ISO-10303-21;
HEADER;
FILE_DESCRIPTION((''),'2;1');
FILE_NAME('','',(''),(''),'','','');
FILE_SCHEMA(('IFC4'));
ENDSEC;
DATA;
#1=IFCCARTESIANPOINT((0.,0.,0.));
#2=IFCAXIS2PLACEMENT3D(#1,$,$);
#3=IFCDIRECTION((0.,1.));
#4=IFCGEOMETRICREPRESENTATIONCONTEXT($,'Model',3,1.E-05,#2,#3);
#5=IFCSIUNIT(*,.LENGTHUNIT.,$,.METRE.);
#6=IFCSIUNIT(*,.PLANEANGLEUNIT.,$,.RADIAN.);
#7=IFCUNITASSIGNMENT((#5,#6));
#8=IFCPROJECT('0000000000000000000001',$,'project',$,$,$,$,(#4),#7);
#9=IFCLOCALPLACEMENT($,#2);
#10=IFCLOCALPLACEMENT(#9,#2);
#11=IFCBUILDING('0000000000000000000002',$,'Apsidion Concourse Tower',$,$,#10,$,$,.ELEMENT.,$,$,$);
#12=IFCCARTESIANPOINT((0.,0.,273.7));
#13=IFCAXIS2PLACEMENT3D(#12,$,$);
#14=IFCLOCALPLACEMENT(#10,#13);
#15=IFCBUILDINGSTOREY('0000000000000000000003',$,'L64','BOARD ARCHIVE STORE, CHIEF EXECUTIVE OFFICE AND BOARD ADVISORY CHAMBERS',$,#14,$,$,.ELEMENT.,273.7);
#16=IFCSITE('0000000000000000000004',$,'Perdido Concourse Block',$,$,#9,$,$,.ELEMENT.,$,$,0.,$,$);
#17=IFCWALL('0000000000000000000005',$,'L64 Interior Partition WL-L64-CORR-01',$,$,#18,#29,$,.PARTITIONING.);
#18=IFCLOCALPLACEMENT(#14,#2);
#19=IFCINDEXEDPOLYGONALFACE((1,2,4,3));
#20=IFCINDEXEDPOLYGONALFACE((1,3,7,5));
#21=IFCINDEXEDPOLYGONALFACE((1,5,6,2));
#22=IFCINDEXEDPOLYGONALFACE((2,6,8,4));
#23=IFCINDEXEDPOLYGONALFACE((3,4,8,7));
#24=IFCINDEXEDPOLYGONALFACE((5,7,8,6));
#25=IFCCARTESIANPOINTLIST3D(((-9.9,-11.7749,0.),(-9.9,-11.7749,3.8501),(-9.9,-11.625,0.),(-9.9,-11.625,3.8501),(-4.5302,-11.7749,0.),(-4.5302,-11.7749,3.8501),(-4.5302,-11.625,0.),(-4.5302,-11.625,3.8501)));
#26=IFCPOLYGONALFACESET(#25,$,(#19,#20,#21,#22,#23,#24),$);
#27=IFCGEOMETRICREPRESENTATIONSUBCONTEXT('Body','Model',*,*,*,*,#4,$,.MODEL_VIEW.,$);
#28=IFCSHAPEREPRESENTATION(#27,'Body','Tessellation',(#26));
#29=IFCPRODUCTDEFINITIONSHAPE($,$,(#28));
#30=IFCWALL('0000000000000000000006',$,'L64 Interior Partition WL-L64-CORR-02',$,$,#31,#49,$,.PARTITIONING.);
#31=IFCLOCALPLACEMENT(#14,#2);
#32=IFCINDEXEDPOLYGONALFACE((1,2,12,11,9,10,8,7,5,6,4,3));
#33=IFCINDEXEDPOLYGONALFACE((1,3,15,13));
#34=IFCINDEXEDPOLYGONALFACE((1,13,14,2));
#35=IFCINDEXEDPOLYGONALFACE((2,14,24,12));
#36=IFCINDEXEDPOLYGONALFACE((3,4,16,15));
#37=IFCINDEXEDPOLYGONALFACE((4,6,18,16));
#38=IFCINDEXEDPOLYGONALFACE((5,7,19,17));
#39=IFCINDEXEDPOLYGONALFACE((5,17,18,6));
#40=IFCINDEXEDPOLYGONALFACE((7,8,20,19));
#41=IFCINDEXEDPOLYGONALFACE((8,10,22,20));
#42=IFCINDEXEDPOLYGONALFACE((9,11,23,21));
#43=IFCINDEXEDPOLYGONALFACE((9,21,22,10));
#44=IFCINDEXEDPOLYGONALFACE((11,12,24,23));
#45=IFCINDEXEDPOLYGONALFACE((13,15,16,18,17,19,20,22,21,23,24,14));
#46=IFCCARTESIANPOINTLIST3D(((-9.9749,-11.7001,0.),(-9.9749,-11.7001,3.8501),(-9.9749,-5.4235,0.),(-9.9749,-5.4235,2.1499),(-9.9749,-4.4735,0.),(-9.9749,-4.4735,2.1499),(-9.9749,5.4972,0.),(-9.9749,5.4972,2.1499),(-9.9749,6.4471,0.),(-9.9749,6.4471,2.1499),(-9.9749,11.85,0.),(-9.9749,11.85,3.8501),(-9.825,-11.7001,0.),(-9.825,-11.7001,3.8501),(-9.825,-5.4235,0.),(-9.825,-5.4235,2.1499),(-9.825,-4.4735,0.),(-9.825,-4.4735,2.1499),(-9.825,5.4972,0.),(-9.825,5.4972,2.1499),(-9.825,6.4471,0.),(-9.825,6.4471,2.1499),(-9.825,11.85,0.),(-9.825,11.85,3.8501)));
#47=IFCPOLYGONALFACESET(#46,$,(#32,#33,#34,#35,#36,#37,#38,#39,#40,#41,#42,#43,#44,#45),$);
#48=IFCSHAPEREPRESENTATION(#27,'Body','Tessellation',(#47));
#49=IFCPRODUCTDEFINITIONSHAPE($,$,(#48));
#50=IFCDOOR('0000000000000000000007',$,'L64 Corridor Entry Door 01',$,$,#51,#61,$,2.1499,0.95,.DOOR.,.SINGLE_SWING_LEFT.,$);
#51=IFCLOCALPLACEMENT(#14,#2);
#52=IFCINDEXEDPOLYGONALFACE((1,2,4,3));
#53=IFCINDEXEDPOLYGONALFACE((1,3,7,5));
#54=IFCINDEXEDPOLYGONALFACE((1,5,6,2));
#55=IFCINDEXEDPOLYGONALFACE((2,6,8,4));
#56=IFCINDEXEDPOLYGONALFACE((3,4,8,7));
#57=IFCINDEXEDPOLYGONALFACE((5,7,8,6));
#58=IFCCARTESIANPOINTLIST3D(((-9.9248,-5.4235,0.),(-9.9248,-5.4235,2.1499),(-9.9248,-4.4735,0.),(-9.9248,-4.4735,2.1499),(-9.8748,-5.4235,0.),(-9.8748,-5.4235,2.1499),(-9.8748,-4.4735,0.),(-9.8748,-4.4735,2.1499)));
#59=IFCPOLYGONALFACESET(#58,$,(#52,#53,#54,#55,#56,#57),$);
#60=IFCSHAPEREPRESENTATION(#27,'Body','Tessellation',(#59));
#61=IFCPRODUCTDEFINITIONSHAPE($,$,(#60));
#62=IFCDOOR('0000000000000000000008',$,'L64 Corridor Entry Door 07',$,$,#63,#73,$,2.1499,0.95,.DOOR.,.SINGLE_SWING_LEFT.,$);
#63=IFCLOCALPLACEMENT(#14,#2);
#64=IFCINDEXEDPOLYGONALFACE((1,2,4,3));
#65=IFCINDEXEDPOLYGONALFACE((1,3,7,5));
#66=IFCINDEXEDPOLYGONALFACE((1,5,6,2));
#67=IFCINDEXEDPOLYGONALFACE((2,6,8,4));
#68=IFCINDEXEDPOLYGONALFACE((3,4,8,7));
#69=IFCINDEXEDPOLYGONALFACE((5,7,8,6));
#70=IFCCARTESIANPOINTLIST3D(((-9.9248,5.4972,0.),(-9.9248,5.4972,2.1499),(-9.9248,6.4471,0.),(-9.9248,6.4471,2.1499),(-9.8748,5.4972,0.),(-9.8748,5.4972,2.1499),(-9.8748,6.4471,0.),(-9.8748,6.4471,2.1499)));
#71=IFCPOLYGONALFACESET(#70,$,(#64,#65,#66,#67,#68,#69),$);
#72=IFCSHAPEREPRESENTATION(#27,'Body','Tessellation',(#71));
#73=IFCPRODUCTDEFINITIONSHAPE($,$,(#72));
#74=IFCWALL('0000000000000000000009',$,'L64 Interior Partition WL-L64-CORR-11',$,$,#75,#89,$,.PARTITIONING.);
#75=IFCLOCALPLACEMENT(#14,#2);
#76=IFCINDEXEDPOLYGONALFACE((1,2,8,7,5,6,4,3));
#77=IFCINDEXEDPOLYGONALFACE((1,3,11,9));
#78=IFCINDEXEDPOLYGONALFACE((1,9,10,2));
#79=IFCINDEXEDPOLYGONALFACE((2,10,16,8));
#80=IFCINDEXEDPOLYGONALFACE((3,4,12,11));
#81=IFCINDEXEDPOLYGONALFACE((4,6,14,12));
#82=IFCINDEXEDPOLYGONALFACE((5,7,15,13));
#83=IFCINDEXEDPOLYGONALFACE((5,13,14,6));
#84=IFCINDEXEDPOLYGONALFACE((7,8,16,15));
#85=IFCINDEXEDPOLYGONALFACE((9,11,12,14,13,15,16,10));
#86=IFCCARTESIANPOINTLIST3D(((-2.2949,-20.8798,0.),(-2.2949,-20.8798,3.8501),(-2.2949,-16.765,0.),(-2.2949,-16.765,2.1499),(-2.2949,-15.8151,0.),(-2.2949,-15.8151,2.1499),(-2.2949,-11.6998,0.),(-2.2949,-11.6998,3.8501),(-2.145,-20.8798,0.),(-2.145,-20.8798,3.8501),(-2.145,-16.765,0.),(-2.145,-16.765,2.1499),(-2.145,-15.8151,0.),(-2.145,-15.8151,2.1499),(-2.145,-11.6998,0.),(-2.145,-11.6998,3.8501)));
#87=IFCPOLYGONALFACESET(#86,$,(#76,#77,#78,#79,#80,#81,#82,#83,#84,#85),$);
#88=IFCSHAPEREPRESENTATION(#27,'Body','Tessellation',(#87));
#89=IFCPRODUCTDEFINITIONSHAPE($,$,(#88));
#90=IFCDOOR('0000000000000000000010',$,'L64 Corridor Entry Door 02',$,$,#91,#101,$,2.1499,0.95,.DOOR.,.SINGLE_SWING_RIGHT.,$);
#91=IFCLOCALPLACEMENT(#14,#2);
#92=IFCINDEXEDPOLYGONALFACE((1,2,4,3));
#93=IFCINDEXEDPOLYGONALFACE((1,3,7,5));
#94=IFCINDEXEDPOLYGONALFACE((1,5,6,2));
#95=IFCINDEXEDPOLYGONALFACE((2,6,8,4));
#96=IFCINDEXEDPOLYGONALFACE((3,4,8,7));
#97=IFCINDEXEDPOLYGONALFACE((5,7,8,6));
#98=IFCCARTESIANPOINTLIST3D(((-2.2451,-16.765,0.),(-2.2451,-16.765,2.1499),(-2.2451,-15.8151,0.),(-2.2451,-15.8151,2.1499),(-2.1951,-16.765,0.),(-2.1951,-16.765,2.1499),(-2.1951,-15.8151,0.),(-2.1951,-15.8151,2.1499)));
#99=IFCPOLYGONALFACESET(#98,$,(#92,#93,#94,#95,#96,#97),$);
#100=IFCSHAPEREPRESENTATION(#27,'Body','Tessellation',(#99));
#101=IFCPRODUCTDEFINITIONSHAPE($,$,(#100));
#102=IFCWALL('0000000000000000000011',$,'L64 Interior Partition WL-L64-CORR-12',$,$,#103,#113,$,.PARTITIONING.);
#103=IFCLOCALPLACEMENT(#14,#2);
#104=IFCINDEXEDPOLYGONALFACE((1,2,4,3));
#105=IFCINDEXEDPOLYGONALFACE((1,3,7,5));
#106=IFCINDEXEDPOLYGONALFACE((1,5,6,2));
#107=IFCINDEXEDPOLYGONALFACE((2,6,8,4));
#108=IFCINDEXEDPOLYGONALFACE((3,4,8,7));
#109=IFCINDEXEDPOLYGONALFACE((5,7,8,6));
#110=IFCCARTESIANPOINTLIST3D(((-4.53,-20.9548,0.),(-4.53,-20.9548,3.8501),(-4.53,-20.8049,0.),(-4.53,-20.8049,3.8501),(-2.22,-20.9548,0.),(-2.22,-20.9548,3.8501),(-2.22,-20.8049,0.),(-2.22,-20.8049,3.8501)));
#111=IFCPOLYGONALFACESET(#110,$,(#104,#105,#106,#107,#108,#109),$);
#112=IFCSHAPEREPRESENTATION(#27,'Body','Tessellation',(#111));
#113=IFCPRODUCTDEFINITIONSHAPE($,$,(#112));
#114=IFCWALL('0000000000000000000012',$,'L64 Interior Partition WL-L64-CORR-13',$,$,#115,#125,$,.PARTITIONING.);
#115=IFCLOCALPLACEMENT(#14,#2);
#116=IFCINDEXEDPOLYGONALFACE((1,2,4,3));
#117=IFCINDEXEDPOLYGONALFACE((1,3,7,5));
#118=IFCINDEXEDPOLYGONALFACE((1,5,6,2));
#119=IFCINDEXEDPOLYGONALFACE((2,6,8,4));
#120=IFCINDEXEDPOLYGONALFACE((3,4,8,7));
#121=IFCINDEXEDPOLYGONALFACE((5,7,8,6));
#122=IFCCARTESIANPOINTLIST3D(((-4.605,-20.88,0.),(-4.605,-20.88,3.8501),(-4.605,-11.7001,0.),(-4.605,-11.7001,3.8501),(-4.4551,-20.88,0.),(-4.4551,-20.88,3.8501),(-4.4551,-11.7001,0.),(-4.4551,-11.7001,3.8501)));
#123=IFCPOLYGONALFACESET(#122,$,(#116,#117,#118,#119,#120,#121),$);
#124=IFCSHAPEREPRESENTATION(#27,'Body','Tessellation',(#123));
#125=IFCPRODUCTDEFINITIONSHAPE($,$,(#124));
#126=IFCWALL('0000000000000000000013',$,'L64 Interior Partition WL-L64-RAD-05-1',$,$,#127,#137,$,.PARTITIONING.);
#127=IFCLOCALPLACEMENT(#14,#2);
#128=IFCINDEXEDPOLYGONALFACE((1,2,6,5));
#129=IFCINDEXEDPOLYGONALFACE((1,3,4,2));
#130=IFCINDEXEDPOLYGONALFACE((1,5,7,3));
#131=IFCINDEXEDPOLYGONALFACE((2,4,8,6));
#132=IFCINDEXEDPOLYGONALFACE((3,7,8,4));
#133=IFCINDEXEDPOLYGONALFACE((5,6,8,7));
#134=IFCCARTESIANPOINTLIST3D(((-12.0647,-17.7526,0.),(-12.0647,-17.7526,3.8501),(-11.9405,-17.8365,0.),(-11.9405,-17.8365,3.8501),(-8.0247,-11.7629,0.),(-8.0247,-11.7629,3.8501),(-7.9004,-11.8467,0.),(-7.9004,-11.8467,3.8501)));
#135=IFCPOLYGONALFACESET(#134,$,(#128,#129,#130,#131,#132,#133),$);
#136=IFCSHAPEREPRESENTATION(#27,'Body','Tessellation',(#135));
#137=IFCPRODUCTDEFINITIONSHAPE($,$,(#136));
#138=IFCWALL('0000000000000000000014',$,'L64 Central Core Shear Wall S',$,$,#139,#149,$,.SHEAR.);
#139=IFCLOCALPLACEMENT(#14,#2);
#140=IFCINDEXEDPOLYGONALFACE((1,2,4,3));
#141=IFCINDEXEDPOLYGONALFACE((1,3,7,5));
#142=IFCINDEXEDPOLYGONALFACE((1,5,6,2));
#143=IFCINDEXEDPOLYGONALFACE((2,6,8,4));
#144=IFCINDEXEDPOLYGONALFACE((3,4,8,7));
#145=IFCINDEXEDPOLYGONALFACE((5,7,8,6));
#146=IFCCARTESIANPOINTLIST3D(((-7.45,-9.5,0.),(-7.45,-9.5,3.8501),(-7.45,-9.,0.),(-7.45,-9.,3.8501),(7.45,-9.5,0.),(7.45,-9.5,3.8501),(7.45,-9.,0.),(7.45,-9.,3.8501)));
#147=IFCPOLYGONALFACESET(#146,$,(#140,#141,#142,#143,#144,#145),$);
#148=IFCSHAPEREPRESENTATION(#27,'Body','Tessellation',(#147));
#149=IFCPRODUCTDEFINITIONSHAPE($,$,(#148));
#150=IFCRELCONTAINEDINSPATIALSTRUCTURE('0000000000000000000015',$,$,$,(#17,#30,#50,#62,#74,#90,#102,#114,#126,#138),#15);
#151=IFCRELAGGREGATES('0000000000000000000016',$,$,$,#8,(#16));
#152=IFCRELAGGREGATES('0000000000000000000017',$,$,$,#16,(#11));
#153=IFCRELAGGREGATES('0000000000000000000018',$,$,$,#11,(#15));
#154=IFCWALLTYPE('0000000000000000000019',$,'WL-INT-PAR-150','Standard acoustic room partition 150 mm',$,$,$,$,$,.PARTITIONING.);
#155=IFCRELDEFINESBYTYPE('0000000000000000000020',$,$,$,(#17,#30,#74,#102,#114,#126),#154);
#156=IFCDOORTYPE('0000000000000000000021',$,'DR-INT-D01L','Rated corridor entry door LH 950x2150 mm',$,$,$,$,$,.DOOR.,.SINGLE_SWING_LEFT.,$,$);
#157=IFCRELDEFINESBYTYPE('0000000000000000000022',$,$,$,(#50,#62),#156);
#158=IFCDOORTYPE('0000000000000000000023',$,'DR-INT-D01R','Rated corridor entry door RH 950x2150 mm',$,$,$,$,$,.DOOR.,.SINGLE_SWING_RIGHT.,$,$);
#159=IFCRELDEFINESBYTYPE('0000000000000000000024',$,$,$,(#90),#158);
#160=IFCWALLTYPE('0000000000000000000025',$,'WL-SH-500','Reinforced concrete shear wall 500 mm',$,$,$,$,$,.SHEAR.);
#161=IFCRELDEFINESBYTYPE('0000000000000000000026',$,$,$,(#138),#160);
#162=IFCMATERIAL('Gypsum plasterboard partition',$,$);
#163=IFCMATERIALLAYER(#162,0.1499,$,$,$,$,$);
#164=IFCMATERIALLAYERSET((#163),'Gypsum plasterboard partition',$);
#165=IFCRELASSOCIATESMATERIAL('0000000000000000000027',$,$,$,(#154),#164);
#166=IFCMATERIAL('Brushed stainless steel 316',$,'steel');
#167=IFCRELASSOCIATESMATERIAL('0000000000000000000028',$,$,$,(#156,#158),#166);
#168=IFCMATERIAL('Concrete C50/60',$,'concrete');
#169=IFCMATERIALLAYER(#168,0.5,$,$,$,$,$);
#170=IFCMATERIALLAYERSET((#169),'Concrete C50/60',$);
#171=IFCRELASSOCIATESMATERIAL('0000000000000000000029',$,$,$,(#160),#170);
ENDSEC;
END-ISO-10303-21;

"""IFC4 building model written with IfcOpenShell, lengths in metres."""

from ifc_helpers import new_model, si_unit, direction, frame, frame_2d, origin, place, context, subcontext, project, spatial, rectangle, extrude, material, layer, layer_set, type_object, element, fill, save


model = new_model("IFC4")

# Units and contexts
model_context = context("Model", 3, precision=1e-05, world=origin(), true_north=direction((0.0, 1.0)))
body_context = subcontext(model_context, "Body", "Model", "MODEL_VIEW")
ifc_project = project(units=[si_unit("LENGTHUNIT", "METRE"), si_unit("PLANEANGLEUNIT", "RADIAN")], contexts=[model_context])

# Site, building, storey
site_placement = place(None, origin())
site = spatial("IfcSite", under=ifc_project, at=site_placement, Name="Perdido Concourse Block", CompositionType="ELEMENT", RefElevation=0.0)
building_placement = place(site_placement, origin())
building = spatial("IfcBuilding", under=site, at=building_placement, Name="Apsidion Concourse Tower", CompositionType="ELEMENT")
storey_placement = place(building_placement, frame((0.0, 0.0, 273.7)))
storey = spatial("IfcBuildingStorey", under=building, at=storey_placement, Name="L64", Description="BOARD ARCHIVE STORE, CHIEF EXECUTIVE OFFICE AND BOARD ADVISORY CHAMBERS", CompositionType="ELEMENT", Elevation=273.7)

# Wall
ifc_material_1 = material(Name="Gypsum plasterboard partition")
ifc_layer_1 = layer(ifc_material_1, 0.1499)
ifc_layer_set_1 = layer_set([ifc_layer_1], Name="Gypsum plasterboard partition")
wall_type_1 = type_object("IfcWallType", Name="WL-INT-PAR-150", Description="Standard acoustic room partition 150 mm", PredefinedType="PARTITIONING", material=ifc_layer_set_1)
wall_1_placement = place(storey_placement, frame((-4.53, -11.7, 0.0), z_axis=(0.0, 0.0, 1.0), x_axis=(-1.0, 0.0, 0.0)))
element("IfcWall", 1, at=wall_1_placement, inside=storey, type_object=wall_type_1, Name="L64 Interior Partition WL-L64-CORR-01", PredefinedType="PARTITIONING", context=body_context, shape_type="SweptSolid", body=[
    extrude(rectangle(XDim=5.3699, YDim=0.1499, at=frame_2d((2.6851, 0.0))), origin(), (0.0, 0.0, 1.0), 3.8501),
])

# Wall, openings, doors
wall_2_placement = place(storey_placement, frame((-9.8999, -11.7, 0.0), z_axis=(0.0, 0.0, 1.0), x_axis=(0.0, 1.0, 0.0)))
wall_2 = element("IfcWall", 2, at=wall_2_placement, inside=storey, type_object=wall_type_1, Name="L64 Interior Partition WL-L64-CORR-02", PredefinedType="PARTITIONING", context=body_context, shape_type="SweptSolid", body=[
    extrude(rectangle(XDim=23.55, YDim=0.1499, at=frame_2d((11.7749, 0.0))), origin(), (0.0, 0.0, 1.0), 3.8501),
])
opening_1_placement = place(wall_2_placement, frame((6.2764, 0.0, 0.0)))
opening_1 = element("IfcOpeningElement", 3, at=opening_1_placement, cuts=wall_2, PredefinedType="OPENING", context=body_context, shape_type="SweptSolid", body=[
    extrude(rectangle(XDim=0.95, YDim=2.1499, at=frame_2d((0.4751, 1.075))), frame((0.0, 0.085, 0.0), z_axis=(0.0, -1.0, 0.0), x_axis=(1.0, 0.0, 0.0)), (0.0, 0.0, 1.0), 0.1699),
])
opening_2_placement = place(wall_2_placement, frame((17.197, 0.0, 0.0)))
opening_2 = element("IfcOpeningElement", 4, at=opening_2_placement, cuts=wall_2, PredefinedType="OPENING", context=body_context, shape_type="SweptSolid", body=[
    extrude(rectangle(XDim=0.95, YDim=2.1499, at=frame_2d((0.4751, 1.075))), frame((0.0, 0.085, 0.0), z_axis=(0.0, -1.0, 0.0), x_axis=(1.0, 0.0, 0.0)), (0.0, 0.0, 1.0), 0.1699),
])
ifc_material_2 = material(Name="Brushed stainless steel 316", Category="steel")
door_type_1 = type_object("IfcDoorType", Name="DR-INT-D01L", Description="Rated corridor entry door LH 950x2150 mm", OperationType="SINGLE_SWING_LEFT", PredefinedType="DOOR", material=ifc_material_2)
door_1_placement = place(opening_1_placement, origin())
door_1 = element("IfcDoor", 5, at=door_1_placement, inside=storey, type_object=door_type_1, Name="L64 Corridor Entry Door 01", OperationType="SINGLE_SWING_LEFT", OverallHeight=2.1499, OverallWidth=0.95, PredefinedType="DOOR", context=body_context, shape_type="SweptSolid", body=[
    extrude(rectangle(XDim=0.95, YDim=2.1499, at=frame_2d((0.4751, 1.075))), frame((0.0, 0.0249, 0.0), z_axis=(0.0, -1.0, 0.0), x_axis=(1.0, 0.0, 0.0)), (0.0, 0.0, 1.0), 0.05),
])
fill(opening_1, door_1)
door_2_placement = place(opening_2_placement, origin())
door_2 = element("IfcDoor", 6, at=door_2_placement, inside=storey, type_object=door_type_1, Name="L64 Corridor Entry Door 07", OperationType="SINGLE_SWING_LEFT", OverallHeight=2.1499, OverallWidth=0.95, PredefinedType="DOOR", context=body_context, shape_type="SweptSolid", body=[
    extrude(rectangle(XDim=0.95, YDim=2.1499, at=frame_2d((0.4751, 1.075))), frame((0.0, 0.0249, 0.0), z_axis=(0.0, -1.0, 0.0), x_axis=(1.0, 0.0, 0.0)), (0.0, 0.0, 1.0), 0.05),
])
fill(opening_2, door_2)

# Wall, opening, door
wall_3_placement = place(storey_placement, frame((-2.22, -11.7, 0.0), z_axis=(0.0, 0.0, 1.0), x_axis=(0.0, -1.0, 0.0)))
wall_3 = element("IfcWall", 7, at=wall_3_placement, inside=storey, type_object=wall_type_1, Name="L64 Interior Partition WL-L64-CORR-11", PredefinedType="PARTITIONING", context=body_context, shape_type="SweptSolid", body=[
    extrude(rectangle(XDim=9.1799, YDim=0.1499, at=frame_2d((4.5898, 0.0))), origin(), (0.0, 0.0, 1.0), 3.8501),
])
opening_3_placement = place(wall_3_placement, frame((4.115, 0.0, 0.0)))
opening_3 = element("IfcOpeningElement", 8, at=opening_3_placement, cuts=wall_3, PredefinedType="OPENING", context=body_context, shape_type="SweptSolid", body=[
    extrude(rectangle(XDim=0.95, YDim=2.1499, at=frame_2d((0.4751, 1.075))), frame((0.0, 0.085, 0.0), z_axis=(0.0, -1.0, 0.0), x_axis=(1.0, 0.0, 0.0)), (0.0, 0.0, 1.0), 0.1699),
])
door_type_2 = type_object("IfcDoorType", Name="DR-INT-D01R", Description="Rated corridor entry door RH 950x2150 mm", OperationType="SINGLE_SWING_RIGHT", PredefinedType="DOOR", material=ifc_material_2)
door_3_placement = place(opening_3_placement, origin())
door_3 = element("IfcDoor", 9, at=door_3_placement, inside=storey, type_object=door_type_2, Name="L64 Corridor Entry Door 02", OperationType="SINGLE_SWING_RIGHT", OverallHeight=2.1499, OverallWidth=0.95, PredefinedType="DOOR", context=body_context, shape_type="SweptSolid", body=[
    extrude(rectangle(XDim=0.95, YDim=2.1499, at=frame_2d((0.4751, 1.075))), frame((0.0, 0.0249, 0.0), z_axis=(0.0, -1.0, 0.0), x_axis=(1.0, 0.0, 0.0)), (0.0, 0.0, 1.0), 0.05),
])
fill(opening_3, door_3)

# Walls
wall_4_placement = place(storey_placement, frame((-2.22, -20.8799, 0.0), z_axis=(0.0, 0.0, 1.0), x_axis=(-1.0, 0.0, 0.0)))
element("IfcWall", 10, at=wall_4_placement, inside=storey, type_object=wall_type_1, Name="L64 Interior Partition WL-L64-CORR-12", PredefinedType="PARTITIONING", context=body_context, shape_type="SweptSolid", body=[
    extrude(rectangle(XDim=2.3101, YDim=0.1499, at=frame_2d((1.155, 0.0))), origin(), (0.0, 0.0, 1.0), 3.8501),
])
wall_5_placement = place(storey_placement, frame((-4.53, -20.8799, 0.0), z_axis=(0.0, 0.0, 1.0), x_axis=(0.0, 1.0, 0.0)))
element("IfcWall", 11, at=wall_5_placement, inside=storey, type_object=wall_type_1, Name="L64 Interior Partition WL-L64-CORR-13", PredefinedType="PARTITIONING", context=body_context, shape_type="SweptSolid", body=[
    extrude(rectangle(XDim=9.1799, YDim=0.1499, at=frame_2d((4.5898, 0.0))), origin(), (0.0, 0.0, 1.0), 3.8501),
])
wall_6_placement = place(storey_placement, frame((-7.9626, -11.8049, 0.0), z_axis=(0.0, 0.0, 1.0), x_axis=(-0.559184, -0.829044, 0.0)))
element("IfcWall", 12, at=wall_6_placement, inside=storey, type_object=wall_type_1, Name="L64 Interior Partition WL-L64-RAD-05-1", PredefinedType="PARTITIONING", context=body_context, shape_type="SweptSolid", body=[
    extrude(rectangle(XDim=7.2249, YDim=0.1499, at=frame_2d((3.6123, 0.0))), origin(), (0.0, 0.0, 1.0), 3.8501),
])
ifc_material_3 = material(Name="Concrete C50/60", Category="concrete")
ifc_layer_2 = layer(ifc_material_3, 0.5)
ifc_layer_set_2 = layer_set([ifc_layer_2], Name="Concrete C50/60")
wall_type_2 = type_object("IfcWallType", Name="WL-SH-500", Description="Reinforced concrete shear wall 500 mm", PredefinedType="SHEAR", material=ifc_layer_set_2)
wall_7_placement = place(storey_placement, frame((-7.45, -9.25, 0.0), z_axis=(0.0, 0.0, 1.0), x_axis=(1.0, 0.0, 0.0)))
element("IfcWall", 13, at=wall_7_placement, inside=storey, type_object=wall_type_2, Name="L64 Central Core Shear Wall S", PredefinedType="SHEAR", context=body_context, shape_type="SweptSolid", body=[
    extrude(rectangle(XDim=14.8999, YDim=0.5, at=frame_2d((7.45, 0.0))), origin(), (0.0, 0.0, 1.0), 3.8501),
])

save(model, "model.ifc")
